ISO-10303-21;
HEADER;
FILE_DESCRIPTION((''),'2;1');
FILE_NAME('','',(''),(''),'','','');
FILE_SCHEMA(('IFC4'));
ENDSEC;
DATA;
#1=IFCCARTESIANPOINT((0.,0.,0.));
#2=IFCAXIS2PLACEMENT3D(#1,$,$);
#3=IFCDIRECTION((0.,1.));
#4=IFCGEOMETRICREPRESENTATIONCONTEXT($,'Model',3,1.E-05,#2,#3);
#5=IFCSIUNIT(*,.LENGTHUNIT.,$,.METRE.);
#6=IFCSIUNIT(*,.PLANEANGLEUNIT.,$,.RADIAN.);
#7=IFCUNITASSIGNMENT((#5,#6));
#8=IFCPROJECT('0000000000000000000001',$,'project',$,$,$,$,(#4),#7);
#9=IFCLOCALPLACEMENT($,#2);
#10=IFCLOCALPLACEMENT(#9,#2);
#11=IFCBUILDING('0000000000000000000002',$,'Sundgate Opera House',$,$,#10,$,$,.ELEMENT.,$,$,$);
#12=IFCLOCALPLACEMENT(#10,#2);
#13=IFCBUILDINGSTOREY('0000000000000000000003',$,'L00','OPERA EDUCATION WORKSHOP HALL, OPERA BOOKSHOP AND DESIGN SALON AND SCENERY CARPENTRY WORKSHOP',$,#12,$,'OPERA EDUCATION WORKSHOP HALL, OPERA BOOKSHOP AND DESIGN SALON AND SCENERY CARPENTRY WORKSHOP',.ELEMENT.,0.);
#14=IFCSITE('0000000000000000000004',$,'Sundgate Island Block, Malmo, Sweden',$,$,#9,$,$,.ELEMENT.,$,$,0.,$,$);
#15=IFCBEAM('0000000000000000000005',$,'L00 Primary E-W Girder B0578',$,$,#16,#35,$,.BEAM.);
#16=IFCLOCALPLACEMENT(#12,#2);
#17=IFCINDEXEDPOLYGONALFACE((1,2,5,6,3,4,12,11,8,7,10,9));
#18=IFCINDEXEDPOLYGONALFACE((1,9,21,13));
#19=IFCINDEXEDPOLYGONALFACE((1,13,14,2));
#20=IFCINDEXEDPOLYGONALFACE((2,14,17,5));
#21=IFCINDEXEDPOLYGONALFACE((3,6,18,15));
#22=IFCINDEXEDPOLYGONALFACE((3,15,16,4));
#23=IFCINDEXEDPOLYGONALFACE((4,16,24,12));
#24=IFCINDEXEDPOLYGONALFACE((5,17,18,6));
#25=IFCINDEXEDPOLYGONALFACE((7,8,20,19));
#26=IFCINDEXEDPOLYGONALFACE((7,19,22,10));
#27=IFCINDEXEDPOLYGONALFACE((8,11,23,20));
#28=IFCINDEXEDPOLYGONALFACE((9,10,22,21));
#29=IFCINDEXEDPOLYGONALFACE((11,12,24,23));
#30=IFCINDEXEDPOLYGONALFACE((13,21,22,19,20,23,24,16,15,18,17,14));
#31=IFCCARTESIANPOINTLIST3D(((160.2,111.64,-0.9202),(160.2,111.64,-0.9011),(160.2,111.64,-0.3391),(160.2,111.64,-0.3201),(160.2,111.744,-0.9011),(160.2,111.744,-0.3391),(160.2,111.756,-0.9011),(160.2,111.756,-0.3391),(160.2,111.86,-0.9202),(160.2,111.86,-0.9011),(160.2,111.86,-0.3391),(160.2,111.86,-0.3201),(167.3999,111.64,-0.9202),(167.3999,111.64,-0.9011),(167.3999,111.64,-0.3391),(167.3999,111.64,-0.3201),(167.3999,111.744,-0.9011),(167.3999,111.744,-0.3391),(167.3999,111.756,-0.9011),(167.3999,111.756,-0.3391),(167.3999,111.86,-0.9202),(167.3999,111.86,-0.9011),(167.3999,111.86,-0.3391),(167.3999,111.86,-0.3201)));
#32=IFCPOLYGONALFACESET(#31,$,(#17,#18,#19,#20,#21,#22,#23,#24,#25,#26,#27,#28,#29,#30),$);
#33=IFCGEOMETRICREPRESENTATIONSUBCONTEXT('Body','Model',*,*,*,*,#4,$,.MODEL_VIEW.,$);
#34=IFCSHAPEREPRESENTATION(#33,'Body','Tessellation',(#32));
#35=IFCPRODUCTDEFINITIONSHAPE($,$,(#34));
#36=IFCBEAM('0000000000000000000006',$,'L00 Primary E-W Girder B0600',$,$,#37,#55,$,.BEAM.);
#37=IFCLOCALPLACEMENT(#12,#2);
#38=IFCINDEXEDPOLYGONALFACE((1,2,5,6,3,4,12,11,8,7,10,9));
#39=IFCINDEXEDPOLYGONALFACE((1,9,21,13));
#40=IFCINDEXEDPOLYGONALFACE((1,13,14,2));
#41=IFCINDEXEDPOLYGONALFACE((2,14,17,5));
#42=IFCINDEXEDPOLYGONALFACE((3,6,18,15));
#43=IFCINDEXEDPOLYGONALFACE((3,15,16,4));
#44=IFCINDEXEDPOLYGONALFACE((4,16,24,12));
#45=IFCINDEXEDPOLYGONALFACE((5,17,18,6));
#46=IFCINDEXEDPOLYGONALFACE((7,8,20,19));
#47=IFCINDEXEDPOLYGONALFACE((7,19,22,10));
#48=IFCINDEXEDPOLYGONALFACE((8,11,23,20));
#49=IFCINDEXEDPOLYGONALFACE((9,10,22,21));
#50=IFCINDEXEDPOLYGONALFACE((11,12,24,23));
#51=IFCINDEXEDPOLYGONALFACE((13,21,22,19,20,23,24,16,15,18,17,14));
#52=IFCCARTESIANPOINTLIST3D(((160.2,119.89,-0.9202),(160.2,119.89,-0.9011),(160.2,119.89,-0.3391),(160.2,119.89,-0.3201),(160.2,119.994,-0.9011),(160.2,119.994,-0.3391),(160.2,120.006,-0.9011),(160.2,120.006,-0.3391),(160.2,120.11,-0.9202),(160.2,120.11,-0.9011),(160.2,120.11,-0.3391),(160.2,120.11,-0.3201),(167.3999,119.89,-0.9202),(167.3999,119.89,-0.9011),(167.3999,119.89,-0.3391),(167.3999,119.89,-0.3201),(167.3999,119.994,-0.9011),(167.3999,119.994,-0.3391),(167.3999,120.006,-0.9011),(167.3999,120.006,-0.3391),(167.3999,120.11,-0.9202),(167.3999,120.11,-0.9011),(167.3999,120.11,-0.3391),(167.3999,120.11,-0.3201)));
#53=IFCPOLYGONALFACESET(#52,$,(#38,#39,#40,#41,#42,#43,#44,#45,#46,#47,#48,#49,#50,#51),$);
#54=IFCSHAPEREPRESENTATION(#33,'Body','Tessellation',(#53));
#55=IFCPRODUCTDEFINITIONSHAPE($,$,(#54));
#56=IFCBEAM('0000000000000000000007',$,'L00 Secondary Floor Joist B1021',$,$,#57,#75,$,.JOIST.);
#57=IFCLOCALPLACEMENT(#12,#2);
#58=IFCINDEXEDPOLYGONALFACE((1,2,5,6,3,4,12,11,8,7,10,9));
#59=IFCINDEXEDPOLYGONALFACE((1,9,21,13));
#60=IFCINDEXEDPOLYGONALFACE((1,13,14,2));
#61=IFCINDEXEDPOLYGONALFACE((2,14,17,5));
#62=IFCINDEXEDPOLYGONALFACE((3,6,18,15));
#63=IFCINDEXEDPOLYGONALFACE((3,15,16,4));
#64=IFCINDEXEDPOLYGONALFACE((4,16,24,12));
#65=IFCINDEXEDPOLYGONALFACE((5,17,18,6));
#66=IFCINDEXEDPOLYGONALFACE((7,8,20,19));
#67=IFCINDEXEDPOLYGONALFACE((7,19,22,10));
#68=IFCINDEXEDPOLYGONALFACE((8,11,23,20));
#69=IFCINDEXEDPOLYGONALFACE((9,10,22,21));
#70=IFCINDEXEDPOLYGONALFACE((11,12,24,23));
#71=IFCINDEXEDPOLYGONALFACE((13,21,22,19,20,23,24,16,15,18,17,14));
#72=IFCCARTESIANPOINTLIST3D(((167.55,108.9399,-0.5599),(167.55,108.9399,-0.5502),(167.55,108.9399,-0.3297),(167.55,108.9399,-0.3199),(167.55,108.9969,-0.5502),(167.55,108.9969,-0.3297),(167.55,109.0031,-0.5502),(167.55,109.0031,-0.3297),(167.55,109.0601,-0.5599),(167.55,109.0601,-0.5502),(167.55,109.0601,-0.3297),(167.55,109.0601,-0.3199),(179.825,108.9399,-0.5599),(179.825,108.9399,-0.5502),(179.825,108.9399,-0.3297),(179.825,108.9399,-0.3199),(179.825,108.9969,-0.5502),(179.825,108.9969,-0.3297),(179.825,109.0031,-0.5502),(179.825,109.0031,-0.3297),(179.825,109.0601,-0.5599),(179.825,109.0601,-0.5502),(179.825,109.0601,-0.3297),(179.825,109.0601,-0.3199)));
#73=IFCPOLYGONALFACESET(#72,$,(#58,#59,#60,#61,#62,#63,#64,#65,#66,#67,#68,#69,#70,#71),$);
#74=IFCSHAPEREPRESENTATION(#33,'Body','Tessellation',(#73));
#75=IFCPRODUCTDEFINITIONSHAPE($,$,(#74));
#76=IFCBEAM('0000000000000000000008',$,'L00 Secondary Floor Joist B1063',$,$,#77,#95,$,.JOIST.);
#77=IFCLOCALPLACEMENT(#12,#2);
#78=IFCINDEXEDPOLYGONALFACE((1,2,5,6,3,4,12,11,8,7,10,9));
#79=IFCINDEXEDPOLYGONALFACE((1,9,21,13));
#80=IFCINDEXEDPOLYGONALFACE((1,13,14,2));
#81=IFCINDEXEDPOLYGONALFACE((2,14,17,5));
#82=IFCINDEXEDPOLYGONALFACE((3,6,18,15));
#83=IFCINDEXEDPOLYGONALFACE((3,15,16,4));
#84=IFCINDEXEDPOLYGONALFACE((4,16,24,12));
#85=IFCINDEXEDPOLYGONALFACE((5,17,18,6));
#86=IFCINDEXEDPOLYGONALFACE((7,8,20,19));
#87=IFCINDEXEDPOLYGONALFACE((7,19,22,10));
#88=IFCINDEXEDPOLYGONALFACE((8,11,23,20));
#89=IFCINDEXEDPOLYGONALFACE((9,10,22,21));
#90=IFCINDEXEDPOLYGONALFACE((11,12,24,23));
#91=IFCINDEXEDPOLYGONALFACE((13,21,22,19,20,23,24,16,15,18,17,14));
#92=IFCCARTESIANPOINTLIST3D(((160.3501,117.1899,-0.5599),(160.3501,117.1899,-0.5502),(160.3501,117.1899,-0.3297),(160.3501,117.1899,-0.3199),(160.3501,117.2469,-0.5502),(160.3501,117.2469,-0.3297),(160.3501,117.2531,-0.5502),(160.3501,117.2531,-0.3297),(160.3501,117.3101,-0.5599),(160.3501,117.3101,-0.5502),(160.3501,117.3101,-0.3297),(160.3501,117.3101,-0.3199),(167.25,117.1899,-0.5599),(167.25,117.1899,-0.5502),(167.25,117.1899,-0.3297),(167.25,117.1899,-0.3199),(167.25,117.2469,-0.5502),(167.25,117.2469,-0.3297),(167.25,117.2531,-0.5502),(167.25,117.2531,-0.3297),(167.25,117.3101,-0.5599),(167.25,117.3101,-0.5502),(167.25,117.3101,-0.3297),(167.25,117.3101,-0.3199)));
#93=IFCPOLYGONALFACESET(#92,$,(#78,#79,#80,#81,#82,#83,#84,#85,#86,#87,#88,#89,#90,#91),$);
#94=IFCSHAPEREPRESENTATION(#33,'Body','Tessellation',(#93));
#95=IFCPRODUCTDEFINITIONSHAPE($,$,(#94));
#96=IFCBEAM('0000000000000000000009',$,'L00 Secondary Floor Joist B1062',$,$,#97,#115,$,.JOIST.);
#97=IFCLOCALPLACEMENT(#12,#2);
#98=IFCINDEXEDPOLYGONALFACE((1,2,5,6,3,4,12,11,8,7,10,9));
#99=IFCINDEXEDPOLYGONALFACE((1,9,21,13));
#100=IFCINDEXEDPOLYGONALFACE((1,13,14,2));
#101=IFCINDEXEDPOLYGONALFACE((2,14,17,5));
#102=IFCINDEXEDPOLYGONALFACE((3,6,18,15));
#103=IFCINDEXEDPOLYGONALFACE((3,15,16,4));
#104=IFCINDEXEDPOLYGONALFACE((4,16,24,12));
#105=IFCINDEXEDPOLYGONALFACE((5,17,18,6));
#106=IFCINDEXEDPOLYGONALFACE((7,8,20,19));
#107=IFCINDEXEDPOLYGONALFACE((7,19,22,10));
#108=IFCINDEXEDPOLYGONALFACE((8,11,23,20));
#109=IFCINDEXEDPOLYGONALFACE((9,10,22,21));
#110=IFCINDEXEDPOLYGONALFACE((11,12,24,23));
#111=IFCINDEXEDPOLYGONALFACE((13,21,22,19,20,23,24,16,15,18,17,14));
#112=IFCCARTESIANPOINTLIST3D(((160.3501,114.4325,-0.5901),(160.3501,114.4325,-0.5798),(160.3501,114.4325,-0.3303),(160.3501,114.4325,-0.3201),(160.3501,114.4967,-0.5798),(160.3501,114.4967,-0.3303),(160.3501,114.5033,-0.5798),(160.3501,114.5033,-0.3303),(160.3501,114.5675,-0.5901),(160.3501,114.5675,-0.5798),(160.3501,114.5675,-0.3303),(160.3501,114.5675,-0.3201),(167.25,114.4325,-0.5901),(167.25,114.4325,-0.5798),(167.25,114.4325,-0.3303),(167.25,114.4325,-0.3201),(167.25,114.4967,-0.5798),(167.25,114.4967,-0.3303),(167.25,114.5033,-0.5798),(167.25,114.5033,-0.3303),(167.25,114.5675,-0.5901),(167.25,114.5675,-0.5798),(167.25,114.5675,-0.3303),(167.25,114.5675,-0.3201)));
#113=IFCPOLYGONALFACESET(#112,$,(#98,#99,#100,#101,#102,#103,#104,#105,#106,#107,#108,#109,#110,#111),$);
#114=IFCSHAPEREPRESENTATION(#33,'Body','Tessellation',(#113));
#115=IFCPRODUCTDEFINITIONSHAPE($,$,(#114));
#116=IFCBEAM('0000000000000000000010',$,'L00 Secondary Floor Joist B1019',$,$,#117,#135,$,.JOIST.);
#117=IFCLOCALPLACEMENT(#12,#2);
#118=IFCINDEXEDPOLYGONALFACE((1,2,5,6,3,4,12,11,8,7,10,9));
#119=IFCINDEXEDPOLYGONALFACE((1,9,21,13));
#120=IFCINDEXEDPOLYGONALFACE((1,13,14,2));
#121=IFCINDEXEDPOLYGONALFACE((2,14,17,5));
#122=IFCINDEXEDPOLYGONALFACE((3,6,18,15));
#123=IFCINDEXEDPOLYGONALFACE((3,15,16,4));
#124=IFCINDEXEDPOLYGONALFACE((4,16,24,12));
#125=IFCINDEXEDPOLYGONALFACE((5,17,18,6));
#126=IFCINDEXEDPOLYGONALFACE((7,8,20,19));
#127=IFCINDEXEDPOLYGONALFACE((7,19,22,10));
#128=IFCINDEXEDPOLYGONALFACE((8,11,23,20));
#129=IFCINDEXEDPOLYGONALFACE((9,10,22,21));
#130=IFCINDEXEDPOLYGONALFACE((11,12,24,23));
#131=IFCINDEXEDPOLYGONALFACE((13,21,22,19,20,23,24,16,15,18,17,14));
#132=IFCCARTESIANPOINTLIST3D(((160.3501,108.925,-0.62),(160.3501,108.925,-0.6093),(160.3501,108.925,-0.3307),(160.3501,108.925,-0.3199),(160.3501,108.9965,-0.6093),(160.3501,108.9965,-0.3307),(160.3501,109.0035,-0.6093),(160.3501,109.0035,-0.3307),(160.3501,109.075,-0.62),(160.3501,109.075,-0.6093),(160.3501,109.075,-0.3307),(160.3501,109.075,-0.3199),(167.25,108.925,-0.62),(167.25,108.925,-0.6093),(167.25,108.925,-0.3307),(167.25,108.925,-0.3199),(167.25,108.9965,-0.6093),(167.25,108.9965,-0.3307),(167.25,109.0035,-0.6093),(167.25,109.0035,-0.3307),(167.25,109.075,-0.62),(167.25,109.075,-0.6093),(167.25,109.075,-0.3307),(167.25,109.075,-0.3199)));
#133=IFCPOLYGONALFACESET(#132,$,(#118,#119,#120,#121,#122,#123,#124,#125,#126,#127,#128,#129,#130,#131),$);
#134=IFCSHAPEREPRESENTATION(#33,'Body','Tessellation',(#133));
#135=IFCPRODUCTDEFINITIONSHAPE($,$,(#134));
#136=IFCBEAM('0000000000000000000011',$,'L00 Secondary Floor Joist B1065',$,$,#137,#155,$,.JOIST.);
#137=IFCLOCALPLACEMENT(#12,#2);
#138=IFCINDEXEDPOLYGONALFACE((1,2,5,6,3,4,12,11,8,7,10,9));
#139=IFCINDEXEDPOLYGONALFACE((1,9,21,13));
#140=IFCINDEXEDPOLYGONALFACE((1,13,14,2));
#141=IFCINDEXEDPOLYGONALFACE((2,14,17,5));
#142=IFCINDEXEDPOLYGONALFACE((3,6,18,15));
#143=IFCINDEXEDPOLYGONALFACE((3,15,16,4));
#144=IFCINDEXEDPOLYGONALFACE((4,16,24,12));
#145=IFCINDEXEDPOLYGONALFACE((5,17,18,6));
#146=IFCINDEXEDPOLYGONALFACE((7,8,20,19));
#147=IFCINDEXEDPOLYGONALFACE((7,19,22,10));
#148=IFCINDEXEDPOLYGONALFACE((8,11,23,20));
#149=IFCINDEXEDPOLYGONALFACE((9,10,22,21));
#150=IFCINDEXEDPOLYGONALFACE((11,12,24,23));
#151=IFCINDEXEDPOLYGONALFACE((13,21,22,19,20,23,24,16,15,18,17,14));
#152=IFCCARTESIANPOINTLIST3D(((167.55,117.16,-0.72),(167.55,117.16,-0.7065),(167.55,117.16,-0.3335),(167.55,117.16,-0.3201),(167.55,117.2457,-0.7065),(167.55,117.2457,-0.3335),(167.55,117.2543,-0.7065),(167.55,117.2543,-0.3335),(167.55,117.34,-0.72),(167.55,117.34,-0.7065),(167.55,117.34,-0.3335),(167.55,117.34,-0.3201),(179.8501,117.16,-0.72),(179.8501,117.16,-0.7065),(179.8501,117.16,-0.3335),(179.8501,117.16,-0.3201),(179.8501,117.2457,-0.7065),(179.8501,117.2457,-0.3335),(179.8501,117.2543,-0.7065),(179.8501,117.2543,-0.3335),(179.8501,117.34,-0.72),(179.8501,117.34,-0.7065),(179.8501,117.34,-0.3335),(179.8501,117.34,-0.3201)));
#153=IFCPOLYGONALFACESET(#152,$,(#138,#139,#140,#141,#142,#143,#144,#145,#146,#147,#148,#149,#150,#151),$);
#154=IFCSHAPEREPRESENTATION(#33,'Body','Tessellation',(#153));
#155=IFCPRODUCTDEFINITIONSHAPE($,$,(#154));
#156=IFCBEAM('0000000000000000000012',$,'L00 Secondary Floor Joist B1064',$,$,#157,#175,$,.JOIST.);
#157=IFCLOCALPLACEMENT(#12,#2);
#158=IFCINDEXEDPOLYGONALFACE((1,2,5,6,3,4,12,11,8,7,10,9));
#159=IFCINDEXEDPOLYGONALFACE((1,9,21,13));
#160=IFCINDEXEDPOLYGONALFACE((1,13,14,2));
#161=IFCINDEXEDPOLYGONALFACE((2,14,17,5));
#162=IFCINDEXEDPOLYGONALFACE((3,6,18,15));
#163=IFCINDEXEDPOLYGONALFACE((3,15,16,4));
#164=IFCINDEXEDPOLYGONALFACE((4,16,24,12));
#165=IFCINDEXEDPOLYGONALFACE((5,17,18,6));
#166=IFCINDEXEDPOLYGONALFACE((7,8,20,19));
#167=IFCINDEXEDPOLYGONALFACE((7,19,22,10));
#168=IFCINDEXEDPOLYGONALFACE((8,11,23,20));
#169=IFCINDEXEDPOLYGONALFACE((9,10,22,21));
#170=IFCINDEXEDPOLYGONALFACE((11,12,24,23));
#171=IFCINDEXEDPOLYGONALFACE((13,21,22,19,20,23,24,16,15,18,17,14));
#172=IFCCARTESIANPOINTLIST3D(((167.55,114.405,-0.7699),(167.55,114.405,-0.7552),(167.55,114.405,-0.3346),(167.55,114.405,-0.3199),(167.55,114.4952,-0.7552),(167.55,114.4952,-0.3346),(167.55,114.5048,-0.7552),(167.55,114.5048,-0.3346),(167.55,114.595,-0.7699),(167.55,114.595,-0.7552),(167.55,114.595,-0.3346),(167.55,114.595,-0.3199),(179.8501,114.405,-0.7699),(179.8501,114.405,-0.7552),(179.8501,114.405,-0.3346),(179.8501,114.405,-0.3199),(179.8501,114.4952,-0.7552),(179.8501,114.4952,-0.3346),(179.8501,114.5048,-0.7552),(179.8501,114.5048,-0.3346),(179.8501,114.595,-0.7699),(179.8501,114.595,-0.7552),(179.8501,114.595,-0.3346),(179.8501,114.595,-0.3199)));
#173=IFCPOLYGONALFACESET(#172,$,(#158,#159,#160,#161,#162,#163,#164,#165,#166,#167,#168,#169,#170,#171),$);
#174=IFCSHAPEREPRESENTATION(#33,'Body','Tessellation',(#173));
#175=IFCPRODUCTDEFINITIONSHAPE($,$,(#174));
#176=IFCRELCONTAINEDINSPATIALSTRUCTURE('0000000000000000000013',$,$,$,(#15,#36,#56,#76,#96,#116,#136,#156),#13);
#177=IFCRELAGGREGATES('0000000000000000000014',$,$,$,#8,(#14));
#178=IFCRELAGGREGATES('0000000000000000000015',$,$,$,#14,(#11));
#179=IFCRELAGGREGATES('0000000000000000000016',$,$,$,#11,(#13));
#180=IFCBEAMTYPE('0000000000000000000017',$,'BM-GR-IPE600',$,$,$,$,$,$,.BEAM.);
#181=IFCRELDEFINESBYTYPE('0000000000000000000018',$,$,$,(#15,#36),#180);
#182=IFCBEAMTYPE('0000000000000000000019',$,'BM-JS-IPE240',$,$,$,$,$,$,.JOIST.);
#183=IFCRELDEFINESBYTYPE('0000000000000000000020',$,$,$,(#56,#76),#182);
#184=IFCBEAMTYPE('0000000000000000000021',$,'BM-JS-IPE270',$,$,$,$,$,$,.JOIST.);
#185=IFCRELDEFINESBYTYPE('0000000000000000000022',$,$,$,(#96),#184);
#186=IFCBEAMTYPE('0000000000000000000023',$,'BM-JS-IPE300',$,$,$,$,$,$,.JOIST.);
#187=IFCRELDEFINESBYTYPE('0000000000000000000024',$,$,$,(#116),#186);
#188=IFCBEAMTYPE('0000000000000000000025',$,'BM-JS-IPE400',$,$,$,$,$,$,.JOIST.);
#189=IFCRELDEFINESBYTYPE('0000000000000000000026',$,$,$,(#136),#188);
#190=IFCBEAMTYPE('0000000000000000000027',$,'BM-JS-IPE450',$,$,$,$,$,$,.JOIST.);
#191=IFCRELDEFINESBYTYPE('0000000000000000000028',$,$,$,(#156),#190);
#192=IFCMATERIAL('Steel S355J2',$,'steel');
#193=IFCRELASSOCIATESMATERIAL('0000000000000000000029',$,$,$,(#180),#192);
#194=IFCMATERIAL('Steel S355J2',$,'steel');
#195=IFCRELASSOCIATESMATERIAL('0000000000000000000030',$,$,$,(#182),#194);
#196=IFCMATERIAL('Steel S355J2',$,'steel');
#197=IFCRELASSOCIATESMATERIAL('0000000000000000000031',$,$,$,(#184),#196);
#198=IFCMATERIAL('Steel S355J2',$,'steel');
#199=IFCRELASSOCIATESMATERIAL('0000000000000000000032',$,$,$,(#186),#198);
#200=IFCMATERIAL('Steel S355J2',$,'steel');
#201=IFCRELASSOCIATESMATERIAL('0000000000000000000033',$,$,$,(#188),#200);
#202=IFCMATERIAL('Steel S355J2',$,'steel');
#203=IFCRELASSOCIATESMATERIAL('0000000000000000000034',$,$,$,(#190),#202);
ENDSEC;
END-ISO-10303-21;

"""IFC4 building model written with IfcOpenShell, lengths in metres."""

from ifc_helpers import new_model, si_unit, direction, frame, origin, origin_2d, place, context, subcontext, project, spatial, i_section, extrude, material, material_profile, profile_set, type_object, element, save


model = new_model("IFC4")

# Units and contexts
model_context = context("Model", 3, precision=1e-05, world=origin(), true_north=direction((0.0, 1.0)))
body_context = subcontext(model_context, "Body", "Model", "MODEL_VIEW")
ifc_project = project(units=[si_unit("LENGTHUNIT", "METRE"), si_unit("PLANEANGLEUNIT", "RADIAN")], contexts=[model_context])

# Site, building, storey
site_placement = place(None, origin())
site = spatial("IfcSite", under=ifc_project, at=site_placement, Name="Sundgate Island Block, Malmo, Sweden", CompositionType="ELEMENT", RefElevation=0.0)
building_placement = place(site_placement, origin())
building = spatial("IfcBuilding", under=site, at=building_placement, Name="Sundgate Opera House", CompositionType="ELEMENT")
storey_placement = place(building_placement, origin())
storey = spatial("IfcBuildingStorey", under=building, at=storey_placement, Name="L00", Description="OPERA EDUCATION WORKSHOP HALL, OPERA BOOKSHOP AND DESIGN SALON AND SCENERY CARPENTRY WORKSHOP", LongName="OPERA EDUCATION WORKSHOP HALL, OPERA BOOKSHOP AND DESIGN SALON AND SCENERY CARPENTRY WORKSHOP", CompositionType="ELEMENT", Elevation=0.0)

# Beams
ifc_material_1 = material(Name="Steel S355J2", Category="steel")
ifc_material_profile_1 = material_profile(ifc_material_1, i_section(OverallWidth=0.22, OverallDepth=0.6001, WebThickness=0.012, FlangeThickness=0.019, at=origin_2d()), Name="IPE 600")
ifc_profile_set_1 = profile_set([ifc_material_profile_1], Name="Steel S355J2")
beam_type_1 = type_object("IfcBeamType", Name="BM-GR-IPE600", PredefinedType="BEAM", material=ifc_profile_set_1)
for number, where, z_axis, x_axis, name in (
    (1, (160.2, 111.75, -0.6201), (1.0, 0.0, 0.0), (0.0, 1.0, 0.0), "L00 Primary E-W Girder B0578"),
    (2, (160.2, 120.0, -0.6201), (1.0, 0.0, 0.0), (0.0, 1.0, 0.0), "L00 Primary E-W Girder B0600"),
):
    element("IfcBeam", number, at=place(storey_placement, frame(where, z_axis=z_axis, x_axis=x_axis)), inside=storey, type_object=beam_type_1, Name=name, PredefinedType="BEAM", context=body_context, shape_type="SweptSolid", body=[
        extrude(i_section(OverallWidth=0.22, OverallDepth=0.6001, WebThickness=0.012, FlangeThickness=0.019, at=origin_2d()), origin(), (0.0, 0.0, 1.0), 7.2),
    ])
ifc_material_2 = material(Name="Steel S355J2", Category="steel")
ifc_material_profile_2 = material_profile(ifc_material_2, i_section(OverallWidth=0.1201, OverallDepth=0.24, WebThickness=0.0061, FlangeThickness=0.0098, at=origin_2d()), Name="IPE 240")
ifc_profile_set_2 = profile_set([ifc_material_profile_2], Name="Steel S355J2")
beam_type_2 = type_object("IfcBeamType", Name="BM-JS-IPE240", PredefinedType="JOIST", material=ifc_profile_set_2)
beam_1_placement = place(storey_placement, frame((167.55, 109.0, -0.4399), z_axis=(1.0, 0.0, 0.0), x_axis=(0.0, 1.0, 0.0)))
element("IfcBeam", 3, at=beam_1_placement, inside=storey, type_object=beam_type_2, Name="L00 Secondary Floor Joist B1021", PredefinedType="JOIST", context=body_context, shape_type="SweptSolid", body=[
    extrude(i_section(OverallWidth=0.1201, OverallDepth=0.24, WebThickness=0.0061, FlangeThickness=0.0098, at=origin_2d()), origin(), (0.0, 0.0, 1.0), 12.2749),
])
beam_2_placement = place(storey_placement, frame((160.3501, 117.25, -0.4399), z_axis=(1.0, 0.0, 0.0), x_axis=(0.0, 1.0, 0.0)))
element("IfcBeam", 4, at=beam_2_placement, inside=storey, type_object=beam_type_2, Name="L00 Secondary Floor Joist B1063", PredefinedType="JOIST", context=body_context, shape_type="SweptSolid", body=[
    extrude(i_section(OverallWidth=0.1201, OverallDepth=0.24, WebThickness=0.0061, FlangeThickness=0.0098, at=origin_2d()), origin(), (0.0, 0.0, 1.0), 6.8999),
])
ifc_material_3 = material(Name="Steel S355J2", Category="steel")
ifc_material_profile_3 = material_profile(ifc_material_3, i_section(OverallWidth=0.135, OverallDepth=0.27, WebThickness=0.0066, FlangeThickness=0.0103, at=origin_2d()), Name="IPE 270")
ifc_profile_set_3 = profile_set([ifc_material_profile_3], Name="Steel S355J2")
beam_type_3 = type_object("IfcBeamType", Name="BM-JS-IPE270", PredefinedType="JOIST", material=ifc_profile_set_3)
beam_3_placement = place(storey_placement, frame((160.3501, 114.5, -0.4551), z_axis=(1.0, 0.0, 0.0), x_axis=(0.0, 1.0, 0.0)))
element("IfcBeam", 5, at=beam_3_placement, inside=storey, type_object=beam_type_3, Name="L00 Secondary Floor Joist B1062", PredefinedType="JOIST", context=body_context, shape_type="SweptSolid", body=[
    extrude(i_section(OverallWidth=0.135, OverallDepth=0.27, WebThickness=0.0066, FlangeThickness=0.0103, at=origin_2d()), origin(), (0.0, 0.0, 1.0), 6.8999),
])
ifc_material_4 = material(Name="Steel S355J2", Category="steel")
ifc_material_profile_4 = material_profile(ifc_material_4, i_section(OverallWidth=0.1499, OverallDepth=0.3, WebThickness=0.0071, FlangeThickness=0.0107, at=origin_2d()), Name="IPE 300")
ifc_profile_set_4 = profile_set([ifc_material_profile_4], Name="Steel S355J2")
beam_type_4 = type_object("IfcBeamType", Name="BM-JS-IPE300", PredefinedType="JOIST", material=ifc_profile_set_4)
beam_4_placement = place(storey_placement, frame((160.3501, 109.0, -0.47), z_axis=(1.0, 0.0, 0.0), x_axis=(0.0, 1.0, 0.0)))
element("IfcBeam", 6, at=beam_4_placement, inside=storey, type_object=beam_type_4, Name="L00 Secondary Floor Joist B1019", PredefinedType="JOIST", context=body_context, shape_type="SweptSolid", body=[
    extrude(i_section(OverallWidth=0.1499, OverallDepth=0.3, WebThickness=0.0071, FlangeThickness=0.0107, at=origin_2d()), origin(), (0.0, 0.0, 1.0), 6.8999),
])
ifc_material_5 = material(Name="Steel S355J2", Category="steel")
ifc_material_profile_5 = material_profile(ifc_material_5, i_section(OverallWidth=0.1799, OverallDepth=0.3999, WebThickness=0.0085, FlangeThickness=0.0134, at=origin_2d()), Name="IPE 400")
ifc_profile_set_5 = profile_set([ifc_material_profile_5], Name="Steel S355J2")
beam_type_5 = type_object("IfcBeamType", Name="BM-JS-IPE400", PredefinedType="JOIST", material=ifc_profile_set_5)
beam_5_placement = place(storey_placement, frame((167.55, 117.25, -0.52), z_axis=(1.0, 0.0, 0.0), x_axis=(0.0, 1.0, 0.0)))
element("IfcBeam", 7, at=beam_5_placement, inside=storey, type_object=beam_type_5, Name="L00 Secondary Floor Joist B1065", PredefinedType="JOIST", context=body_context, shape_type="SweptSolid", body=[
    extrude(i_section(OverallWidth=0.1799, OverallDepth=0.3999, WebThickness=0.0085, FlangeThickness=0.0134, at=origin_2d()), origin(), (0.0, 0.0, 1.0), 12.3),
])
ifc_material_6 = material(Name="Steel S355J2", Category="steel")
ifc_material_profile_6 = material_profile(ifc_material_6, i_section(OverallWidth=0.1899, OverallDepth=0.45, WebThickness=0.0095, FlangeThickness=0.0146, at=origin_2d()), Name="IPE 450")
ifc_profile_set_6 = profile_set([ifc_material_profile_6], Name="Steel S355J2")
beam_type_6 = type_object("IfcBeamType", Name="BM-JS-IPE450", PredefinedType="JOIST", material=ifc_profile_set_6)
beam_6_placement = place(storey_placement, frame((167.55, 114.5, -0.5449), z_axis=(1.0, 0.0, 0.0), x_axis=(0.0, 1.0, 0.0)))
element("IfcBeam", 8, at=beam_6_placement, inside=storey, type_object=beam_type_6, Name="L00 Secondary Floor Joist B1064", PredefinedType="JOIST", context=body_context, shape_type="SweptSolid", body=[
    extrude(i_section(OverallWidth=0.1899, OverallDepth=0.45, WebThickness=0.0095, FlangeThickness=0.0146, at=origin_2d()), origin(), (0.0, 0.0, 1.0), 12.3),
])

save(model, "model.ifc")
